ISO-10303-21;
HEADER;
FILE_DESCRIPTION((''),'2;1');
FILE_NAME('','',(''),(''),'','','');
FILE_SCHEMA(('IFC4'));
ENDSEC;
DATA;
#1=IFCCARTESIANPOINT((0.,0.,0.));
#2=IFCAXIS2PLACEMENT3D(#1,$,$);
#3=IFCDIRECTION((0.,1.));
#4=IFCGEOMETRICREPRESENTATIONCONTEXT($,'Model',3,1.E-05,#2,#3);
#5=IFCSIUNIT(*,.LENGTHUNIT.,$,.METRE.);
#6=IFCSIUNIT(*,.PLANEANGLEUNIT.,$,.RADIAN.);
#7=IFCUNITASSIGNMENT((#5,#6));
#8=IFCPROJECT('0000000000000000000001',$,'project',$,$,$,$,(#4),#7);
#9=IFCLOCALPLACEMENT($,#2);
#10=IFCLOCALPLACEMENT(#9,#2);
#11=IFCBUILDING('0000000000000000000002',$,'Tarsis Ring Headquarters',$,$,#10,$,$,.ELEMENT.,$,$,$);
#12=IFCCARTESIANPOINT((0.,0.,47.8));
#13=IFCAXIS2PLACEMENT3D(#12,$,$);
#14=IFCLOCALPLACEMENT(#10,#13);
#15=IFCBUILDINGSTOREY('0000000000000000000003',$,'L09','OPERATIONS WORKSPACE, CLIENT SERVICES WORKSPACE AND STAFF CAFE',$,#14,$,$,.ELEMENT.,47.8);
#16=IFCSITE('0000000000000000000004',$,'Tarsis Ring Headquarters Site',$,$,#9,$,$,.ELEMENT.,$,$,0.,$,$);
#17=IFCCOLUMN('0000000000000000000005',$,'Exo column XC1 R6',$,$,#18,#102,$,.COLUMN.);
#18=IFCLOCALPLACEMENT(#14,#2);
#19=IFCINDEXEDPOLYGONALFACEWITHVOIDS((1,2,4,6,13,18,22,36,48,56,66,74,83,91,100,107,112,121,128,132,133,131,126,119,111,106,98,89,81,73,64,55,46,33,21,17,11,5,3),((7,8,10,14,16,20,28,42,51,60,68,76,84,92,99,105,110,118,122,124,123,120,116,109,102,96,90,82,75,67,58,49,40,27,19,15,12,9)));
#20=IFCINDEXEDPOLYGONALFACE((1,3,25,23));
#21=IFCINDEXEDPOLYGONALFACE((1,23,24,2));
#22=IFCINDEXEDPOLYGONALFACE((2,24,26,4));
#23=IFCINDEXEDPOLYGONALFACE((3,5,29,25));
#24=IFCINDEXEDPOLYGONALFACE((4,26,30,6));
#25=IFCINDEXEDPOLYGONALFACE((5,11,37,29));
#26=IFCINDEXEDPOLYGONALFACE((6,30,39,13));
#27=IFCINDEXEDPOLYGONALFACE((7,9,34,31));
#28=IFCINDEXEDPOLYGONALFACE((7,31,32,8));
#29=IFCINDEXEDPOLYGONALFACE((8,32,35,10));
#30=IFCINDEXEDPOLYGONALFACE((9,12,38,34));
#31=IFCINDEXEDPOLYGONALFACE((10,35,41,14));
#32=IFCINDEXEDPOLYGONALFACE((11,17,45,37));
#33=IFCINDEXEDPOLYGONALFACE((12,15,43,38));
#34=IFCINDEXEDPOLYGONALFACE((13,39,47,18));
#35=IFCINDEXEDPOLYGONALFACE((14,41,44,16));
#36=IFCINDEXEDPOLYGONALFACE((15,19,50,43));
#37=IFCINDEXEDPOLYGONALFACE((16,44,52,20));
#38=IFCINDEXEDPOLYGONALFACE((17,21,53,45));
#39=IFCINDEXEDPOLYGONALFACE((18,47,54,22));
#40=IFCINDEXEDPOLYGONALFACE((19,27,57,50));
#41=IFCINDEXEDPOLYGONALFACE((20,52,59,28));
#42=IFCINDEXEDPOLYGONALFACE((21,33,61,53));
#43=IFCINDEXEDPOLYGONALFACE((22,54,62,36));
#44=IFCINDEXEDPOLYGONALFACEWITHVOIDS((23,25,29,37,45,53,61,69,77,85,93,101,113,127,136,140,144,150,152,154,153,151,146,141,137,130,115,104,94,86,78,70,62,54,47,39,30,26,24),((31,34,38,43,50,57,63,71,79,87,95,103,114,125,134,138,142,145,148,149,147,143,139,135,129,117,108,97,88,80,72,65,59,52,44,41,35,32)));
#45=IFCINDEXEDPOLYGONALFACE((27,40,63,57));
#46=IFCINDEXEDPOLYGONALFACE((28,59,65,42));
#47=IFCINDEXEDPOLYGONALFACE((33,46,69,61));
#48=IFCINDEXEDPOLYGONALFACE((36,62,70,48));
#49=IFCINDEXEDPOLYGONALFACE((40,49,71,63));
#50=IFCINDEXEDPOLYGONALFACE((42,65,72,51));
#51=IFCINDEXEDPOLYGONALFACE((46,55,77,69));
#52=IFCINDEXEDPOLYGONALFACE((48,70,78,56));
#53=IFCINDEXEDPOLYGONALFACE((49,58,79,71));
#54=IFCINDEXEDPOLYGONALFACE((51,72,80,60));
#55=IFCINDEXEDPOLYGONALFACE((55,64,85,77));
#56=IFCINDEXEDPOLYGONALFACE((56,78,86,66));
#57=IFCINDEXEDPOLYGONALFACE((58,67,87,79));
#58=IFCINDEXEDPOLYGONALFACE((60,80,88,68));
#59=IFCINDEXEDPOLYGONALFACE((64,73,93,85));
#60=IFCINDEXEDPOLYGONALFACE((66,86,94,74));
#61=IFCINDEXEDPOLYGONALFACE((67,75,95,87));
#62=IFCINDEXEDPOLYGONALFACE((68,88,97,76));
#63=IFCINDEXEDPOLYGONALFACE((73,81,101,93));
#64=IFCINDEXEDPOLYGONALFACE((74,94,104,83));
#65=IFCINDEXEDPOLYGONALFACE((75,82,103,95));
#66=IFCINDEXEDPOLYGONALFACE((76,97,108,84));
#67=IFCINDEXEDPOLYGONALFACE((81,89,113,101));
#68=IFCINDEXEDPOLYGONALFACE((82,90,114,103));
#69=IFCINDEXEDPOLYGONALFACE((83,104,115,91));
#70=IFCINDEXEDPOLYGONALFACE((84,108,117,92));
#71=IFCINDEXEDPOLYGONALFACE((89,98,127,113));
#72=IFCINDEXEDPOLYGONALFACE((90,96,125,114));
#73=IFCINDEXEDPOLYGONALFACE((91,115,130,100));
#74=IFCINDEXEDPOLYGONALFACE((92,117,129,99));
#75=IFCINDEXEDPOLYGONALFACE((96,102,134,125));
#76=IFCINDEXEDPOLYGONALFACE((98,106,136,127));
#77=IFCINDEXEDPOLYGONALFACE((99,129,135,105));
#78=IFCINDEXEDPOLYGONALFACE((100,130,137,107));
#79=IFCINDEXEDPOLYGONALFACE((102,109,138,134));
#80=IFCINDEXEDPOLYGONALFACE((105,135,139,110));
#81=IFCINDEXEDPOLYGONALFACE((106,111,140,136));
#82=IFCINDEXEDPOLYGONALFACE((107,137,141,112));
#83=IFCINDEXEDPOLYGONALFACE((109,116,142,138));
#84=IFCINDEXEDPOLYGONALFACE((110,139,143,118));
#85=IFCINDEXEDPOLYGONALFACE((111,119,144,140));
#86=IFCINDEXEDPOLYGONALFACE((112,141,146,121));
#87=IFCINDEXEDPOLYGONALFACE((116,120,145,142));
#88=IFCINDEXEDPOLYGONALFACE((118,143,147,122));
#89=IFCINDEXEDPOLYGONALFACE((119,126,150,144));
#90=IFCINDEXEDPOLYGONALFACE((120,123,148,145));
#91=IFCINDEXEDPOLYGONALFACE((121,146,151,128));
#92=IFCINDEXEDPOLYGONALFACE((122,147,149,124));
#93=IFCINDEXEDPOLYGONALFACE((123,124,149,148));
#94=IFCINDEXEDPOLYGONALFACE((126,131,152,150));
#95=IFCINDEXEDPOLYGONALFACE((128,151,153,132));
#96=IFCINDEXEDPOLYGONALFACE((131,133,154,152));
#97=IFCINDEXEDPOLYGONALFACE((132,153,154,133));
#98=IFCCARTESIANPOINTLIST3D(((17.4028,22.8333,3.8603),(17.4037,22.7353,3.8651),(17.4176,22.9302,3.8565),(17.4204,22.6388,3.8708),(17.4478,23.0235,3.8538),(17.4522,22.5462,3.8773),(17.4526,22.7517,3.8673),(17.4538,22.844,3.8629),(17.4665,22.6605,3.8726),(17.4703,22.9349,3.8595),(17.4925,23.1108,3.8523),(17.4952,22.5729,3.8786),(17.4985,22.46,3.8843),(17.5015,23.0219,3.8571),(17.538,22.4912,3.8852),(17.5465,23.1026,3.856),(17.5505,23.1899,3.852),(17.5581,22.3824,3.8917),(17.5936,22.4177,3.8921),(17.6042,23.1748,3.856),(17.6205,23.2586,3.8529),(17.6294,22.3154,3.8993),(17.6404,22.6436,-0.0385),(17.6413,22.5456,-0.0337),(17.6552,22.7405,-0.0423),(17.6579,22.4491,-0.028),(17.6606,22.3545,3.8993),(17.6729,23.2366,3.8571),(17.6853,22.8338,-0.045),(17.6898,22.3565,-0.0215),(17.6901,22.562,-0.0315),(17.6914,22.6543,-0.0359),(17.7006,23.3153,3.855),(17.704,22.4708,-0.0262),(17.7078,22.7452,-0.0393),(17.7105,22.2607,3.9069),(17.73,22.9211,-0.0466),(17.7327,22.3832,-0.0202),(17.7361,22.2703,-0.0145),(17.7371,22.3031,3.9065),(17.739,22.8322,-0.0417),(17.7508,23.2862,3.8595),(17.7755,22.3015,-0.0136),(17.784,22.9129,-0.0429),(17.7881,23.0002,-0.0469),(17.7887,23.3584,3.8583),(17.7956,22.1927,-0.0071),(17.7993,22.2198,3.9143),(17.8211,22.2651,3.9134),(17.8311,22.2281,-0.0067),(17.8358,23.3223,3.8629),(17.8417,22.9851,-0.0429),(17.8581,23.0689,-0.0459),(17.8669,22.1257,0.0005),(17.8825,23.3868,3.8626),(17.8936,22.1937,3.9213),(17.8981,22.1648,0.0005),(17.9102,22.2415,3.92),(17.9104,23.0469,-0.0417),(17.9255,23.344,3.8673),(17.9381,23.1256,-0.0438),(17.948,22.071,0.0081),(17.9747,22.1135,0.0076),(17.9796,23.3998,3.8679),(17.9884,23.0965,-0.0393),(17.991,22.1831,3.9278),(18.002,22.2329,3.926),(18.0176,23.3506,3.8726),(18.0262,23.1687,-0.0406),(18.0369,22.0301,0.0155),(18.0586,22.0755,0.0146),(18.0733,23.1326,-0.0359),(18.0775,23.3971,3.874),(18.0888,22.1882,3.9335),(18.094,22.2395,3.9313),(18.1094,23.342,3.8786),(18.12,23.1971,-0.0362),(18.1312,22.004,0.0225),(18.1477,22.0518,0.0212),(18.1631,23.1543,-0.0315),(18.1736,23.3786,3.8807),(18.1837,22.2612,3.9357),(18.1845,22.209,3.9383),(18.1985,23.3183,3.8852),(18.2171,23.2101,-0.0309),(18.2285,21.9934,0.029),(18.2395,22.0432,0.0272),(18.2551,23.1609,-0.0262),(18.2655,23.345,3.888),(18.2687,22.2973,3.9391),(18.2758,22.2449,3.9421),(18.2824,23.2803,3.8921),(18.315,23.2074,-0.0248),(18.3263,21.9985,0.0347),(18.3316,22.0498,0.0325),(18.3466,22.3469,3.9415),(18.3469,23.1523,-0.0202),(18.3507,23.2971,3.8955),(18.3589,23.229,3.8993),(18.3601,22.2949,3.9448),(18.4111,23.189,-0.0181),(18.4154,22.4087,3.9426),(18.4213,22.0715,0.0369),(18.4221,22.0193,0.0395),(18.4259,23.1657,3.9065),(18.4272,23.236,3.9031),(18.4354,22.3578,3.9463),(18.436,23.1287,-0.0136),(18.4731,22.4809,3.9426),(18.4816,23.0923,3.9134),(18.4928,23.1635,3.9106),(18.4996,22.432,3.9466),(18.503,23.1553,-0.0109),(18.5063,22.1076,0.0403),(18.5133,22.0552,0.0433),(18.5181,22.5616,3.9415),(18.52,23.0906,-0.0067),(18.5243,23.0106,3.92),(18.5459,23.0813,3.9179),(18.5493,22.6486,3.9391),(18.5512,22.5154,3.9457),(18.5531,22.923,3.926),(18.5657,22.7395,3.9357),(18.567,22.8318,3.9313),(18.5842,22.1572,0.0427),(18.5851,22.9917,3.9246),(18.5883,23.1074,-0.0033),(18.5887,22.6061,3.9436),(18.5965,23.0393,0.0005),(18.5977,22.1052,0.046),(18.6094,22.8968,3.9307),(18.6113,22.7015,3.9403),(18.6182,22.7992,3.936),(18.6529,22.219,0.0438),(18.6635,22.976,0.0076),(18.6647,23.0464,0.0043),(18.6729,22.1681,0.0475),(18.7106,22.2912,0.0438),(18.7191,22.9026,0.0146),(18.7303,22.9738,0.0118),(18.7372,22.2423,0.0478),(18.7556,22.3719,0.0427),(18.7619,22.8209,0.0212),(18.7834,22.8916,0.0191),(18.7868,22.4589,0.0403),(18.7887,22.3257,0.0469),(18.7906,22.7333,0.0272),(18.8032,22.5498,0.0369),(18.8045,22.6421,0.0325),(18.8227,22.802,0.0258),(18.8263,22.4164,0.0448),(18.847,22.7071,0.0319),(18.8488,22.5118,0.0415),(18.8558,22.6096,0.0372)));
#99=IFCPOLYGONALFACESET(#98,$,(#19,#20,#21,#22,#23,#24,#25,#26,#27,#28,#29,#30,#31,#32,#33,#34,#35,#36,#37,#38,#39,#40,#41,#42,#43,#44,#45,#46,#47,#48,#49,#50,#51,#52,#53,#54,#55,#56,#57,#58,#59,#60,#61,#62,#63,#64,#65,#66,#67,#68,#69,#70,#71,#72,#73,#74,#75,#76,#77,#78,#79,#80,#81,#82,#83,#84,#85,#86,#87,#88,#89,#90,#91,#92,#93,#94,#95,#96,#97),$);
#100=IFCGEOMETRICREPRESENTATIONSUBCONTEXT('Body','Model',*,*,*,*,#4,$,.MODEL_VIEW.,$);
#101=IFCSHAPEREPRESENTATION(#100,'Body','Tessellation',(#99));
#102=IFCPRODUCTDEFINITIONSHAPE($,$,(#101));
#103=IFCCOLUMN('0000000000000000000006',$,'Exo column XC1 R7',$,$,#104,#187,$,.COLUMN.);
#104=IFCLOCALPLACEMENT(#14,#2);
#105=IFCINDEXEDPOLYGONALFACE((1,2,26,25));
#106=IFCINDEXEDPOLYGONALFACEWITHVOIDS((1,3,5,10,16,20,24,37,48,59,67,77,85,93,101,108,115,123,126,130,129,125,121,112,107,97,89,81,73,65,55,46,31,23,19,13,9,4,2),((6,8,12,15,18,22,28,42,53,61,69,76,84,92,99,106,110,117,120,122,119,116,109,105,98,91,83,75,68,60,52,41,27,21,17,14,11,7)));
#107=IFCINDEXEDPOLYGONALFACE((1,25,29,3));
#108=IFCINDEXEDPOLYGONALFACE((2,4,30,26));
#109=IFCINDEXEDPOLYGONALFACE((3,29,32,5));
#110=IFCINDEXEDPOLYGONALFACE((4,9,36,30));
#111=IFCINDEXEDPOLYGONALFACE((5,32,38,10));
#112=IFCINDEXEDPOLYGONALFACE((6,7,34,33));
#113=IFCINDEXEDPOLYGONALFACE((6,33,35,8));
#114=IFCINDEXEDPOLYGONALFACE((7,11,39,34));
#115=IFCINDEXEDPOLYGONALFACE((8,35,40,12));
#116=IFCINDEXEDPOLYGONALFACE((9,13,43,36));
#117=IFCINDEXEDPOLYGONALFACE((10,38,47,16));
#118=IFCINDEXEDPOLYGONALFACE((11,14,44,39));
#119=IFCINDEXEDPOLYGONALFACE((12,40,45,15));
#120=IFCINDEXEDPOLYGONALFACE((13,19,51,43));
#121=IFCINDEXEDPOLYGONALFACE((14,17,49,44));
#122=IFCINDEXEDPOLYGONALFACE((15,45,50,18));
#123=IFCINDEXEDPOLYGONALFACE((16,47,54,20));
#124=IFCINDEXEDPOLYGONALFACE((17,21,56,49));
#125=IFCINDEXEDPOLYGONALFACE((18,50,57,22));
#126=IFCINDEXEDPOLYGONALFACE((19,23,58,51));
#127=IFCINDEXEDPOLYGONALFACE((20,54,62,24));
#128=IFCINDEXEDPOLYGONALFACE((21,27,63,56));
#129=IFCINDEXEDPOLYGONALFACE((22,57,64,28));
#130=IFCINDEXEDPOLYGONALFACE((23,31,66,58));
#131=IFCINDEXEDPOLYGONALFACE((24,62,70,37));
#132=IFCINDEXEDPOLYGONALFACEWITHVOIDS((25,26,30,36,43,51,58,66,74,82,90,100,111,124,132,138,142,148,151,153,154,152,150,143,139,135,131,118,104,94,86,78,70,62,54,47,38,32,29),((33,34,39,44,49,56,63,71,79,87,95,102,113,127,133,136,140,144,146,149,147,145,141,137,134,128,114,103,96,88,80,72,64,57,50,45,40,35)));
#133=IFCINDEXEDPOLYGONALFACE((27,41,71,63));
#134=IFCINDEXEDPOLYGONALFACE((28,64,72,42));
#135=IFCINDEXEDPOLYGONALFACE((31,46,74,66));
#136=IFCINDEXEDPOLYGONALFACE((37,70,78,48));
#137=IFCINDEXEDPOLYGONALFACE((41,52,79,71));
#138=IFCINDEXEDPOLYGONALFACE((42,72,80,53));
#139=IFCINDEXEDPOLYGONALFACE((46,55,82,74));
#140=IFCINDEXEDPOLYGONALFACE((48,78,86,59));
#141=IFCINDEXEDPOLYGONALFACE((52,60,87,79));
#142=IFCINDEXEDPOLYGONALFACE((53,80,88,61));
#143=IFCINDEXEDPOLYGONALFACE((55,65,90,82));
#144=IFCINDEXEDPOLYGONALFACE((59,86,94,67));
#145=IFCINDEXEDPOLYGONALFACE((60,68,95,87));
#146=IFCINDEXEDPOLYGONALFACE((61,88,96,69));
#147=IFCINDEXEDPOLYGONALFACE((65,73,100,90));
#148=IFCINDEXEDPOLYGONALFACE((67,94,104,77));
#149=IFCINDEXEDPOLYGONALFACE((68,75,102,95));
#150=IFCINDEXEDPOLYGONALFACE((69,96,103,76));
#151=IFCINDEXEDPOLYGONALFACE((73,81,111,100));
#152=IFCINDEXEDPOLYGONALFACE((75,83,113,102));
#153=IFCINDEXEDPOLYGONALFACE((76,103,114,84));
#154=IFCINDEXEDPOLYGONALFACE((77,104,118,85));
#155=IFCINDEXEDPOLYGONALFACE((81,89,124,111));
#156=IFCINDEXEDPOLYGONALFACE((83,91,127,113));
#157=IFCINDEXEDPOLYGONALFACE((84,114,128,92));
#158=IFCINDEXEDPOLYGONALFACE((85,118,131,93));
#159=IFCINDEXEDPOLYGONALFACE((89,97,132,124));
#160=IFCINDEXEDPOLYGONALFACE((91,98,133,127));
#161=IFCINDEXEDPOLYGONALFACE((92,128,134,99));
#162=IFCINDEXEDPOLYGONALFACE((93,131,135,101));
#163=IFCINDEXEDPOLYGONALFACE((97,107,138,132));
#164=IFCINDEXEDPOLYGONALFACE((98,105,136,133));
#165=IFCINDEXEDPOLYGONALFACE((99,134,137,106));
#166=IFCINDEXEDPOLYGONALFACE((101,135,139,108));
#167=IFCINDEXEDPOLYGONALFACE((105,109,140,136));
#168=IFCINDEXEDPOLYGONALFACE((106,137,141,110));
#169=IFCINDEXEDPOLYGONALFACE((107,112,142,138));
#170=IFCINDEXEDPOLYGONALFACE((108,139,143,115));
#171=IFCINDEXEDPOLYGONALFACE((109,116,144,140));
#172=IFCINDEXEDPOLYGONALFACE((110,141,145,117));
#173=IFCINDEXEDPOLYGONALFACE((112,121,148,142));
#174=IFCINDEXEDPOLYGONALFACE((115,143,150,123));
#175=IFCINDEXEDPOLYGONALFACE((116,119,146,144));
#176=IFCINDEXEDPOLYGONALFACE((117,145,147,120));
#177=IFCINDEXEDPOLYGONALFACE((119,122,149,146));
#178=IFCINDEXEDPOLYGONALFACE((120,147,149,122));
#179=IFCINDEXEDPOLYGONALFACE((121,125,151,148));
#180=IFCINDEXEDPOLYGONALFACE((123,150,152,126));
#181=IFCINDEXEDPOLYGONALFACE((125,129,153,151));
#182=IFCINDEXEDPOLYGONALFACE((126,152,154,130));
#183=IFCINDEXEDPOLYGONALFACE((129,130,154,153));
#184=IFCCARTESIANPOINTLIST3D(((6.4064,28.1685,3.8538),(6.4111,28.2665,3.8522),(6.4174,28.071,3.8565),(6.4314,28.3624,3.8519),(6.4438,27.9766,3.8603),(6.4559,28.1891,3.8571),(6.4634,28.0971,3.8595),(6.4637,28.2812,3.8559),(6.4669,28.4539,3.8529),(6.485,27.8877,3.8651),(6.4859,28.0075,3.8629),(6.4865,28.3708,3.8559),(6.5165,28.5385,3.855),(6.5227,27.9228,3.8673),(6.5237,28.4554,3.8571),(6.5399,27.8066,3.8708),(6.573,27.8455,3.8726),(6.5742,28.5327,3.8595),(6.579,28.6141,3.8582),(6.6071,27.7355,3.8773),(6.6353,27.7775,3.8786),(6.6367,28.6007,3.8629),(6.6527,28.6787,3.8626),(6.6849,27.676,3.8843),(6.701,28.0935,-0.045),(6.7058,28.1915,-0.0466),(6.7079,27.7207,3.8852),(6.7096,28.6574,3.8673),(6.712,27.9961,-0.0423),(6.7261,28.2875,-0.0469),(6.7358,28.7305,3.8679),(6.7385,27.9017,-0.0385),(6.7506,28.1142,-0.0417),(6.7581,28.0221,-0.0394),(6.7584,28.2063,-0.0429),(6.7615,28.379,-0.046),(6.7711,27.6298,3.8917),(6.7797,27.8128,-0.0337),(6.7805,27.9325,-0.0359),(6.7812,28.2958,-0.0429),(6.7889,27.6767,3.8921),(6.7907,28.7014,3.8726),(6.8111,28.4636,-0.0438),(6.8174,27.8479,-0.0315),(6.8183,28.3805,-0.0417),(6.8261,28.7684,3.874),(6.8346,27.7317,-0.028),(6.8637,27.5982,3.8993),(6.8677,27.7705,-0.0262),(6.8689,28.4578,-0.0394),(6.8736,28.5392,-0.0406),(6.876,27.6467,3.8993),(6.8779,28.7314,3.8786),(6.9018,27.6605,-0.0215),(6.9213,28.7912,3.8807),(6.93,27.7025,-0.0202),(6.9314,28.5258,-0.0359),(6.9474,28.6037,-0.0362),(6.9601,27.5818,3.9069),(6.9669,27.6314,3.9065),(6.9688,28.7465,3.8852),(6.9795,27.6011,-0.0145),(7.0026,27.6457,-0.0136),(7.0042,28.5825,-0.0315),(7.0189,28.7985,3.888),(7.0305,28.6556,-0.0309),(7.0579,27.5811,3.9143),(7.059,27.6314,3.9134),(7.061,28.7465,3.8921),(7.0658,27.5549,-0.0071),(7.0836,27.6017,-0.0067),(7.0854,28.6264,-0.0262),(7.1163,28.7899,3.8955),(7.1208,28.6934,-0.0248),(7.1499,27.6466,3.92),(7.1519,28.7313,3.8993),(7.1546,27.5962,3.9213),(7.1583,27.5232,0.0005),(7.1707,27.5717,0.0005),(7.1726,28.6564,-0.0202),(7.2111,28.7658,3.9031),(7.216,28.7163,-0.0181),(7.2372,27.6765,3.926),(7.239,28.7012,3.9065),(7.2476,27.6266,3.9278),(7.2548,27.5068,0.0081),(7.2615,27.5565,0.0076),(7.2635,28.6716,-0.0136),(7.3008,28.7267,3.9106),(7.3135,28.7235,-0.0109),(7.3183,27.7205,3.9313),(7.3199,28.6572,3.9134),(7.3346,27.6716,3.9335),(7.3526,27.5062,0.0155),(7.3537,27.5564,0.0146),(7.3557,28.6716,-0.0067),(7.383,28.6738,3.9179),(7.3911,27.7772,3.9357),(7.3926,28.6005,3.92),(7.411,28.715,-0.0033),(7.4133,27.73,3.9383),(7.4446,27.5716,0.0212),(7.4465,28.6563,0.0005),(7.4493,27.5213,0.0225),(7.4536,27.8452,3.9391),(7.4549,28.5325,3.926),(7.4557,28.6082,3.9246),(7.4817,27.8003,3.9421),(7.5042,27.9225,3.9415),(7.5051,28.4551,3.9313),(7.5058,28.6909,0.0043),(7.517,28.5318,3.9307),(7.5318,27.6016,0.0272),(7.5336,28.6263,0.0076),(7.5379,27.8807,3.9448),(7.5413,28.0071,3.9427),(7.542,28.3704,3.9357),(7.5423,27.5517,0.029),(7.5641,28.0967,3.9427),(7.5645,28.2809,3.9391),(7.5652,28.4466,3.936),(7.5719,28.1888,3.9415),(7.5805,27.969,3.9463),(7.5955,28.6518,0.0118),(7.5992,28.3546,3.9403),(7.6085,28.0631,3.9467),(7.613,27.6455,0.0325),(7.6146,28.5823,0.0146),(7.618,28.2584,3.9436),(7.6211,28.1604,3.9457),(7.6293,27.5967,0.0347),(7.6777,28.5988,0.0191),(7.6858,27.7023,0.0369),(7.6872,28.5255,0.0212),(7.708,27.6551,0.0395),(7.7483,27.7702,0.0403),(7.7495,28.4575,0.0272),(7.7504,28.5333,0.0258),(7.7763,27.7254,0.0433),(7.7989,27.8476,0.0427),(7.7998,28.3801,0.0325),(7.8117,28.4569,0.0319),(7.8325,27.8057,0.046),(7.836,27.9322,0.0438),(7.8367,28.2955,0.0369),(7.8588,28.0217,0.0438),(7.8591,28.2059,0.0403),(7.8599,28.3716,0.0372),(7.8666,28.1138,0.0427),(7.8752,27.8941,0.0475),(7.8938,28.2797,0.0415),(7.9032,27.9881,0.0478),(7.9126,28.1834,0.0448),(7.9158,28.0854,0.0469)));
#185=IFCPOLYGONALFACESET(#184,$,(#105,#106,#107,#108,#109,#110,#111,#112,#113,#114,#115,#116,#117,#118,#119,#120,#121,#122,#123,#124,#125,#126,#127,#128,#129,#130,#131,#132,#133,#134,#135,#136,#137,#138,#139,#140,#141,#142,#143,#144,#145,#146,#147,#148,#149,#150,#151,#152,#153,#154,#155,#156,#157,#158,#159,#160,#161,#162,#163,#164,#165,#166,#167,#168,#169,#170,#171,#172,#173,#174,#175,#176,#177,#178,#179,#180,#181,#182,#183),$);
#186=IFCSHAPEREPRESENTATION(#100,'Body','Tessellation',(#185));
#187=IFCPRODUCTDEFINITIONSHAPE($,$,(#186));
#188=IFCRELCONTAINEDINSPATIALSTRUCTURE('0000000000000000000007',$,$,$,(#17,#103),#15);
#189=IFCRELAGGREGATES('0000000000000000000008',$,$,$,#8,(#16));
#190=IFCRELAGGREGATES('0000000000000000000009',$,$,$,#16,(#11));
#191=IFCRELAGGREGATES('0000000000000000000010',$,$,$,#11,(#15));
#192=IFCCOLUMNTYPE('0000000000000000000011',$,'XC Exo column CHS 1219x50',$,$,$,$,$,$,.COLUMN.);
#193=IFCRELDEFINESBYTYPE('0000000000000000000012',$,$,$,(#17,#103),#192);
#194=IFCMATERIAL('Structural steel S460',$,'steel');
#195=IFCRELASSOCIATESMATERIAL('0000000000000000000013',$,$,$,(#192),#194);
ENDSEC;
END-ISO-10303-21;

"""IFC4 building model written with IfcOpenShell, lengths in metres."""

from ifc_helpers import new_model, si_unit, direction, frame, origin, origin_2d, place, context, subcontext, project, spatial, hollow_circle, extrude, material, material_profile, profile_set, type_object, element, save


model = new_model("IFC4")

# Units and contexts
model_context = context("Model", 3, precision=1e-05, world=origin(), true_north=direction((0.0, 1.0)))
body_context = subcontext(model_context, "Body", "Model", "MODEL_VIEW")
ifc_project = project(units=[si_unit("LENGTHUNIT", "METRE"), si_unit("PLANEANGLEUNIT", "RADIAN")], contexts=[model_context])

# Site, building, storey
site_placement = place(None, origin())
site = spatial("IfcSite", under=ifc_project, at=site_placement, Name="Tarsis Ring Headquarters Site", CompositionType="ELEMENT", RefElevation=0.0)
building_placement = place(site_placement, origin())
building = spatial("IfcBuilding", under=site, at=building_placement, Name="Tarsis Ring Headquarters", CompositionType="ELEMENT")
storey_placement = place(building_placement, frame((0.0, 0.0, 47.8)))
storey = spatial("IfcBuildingStorey", under=building, at=storey_placement, Name="L09", Description="OPERATIONS WORKSPACE, CLIENT SERVICES WORKSPACE AND STAFF CAFE", CompositionType="ELEMENT", Elevation=47.8)

# Columns
ifc_material_1 = material(Name="Structural steel S460", Category="steel")
ifc_material_profile_1 = material_profile(ifc_material_1, hollow_circle(Radius=0.6096, WallThickness=0.05, at=origin_2d()), Name="CHS 1219x50")
ifc_profile_set_1 = profile_set([ifc_material_profile_1], Name="Structural steel S460")
column_type = type_object("IfcColumnType", Name="XC Exo column CHS 1219x50", PredefinedType="COLUMN", material=ifc_profile_set_1)
for number, where, z_axis, x_axis, name in (
    (1, (18.2473, 22.6021, 0.0005), (-0.060742, 0.048507, 0.996974), (-0.624009, -0.781417, 0.0), "Exo column XC1 R6"),
    (2, (7.3086, 28.114, 0.0005), (-0.07535, 0.019165, 0.996973), (-0.246501, -0.969143, 0.0), "Exo column XC1 R7"),
):
    element("IfcColumn", number, at=place(storey_placement, frame(where, z_axis=z_axis, x_axis=x_axis)), inside=storey, type_object=column_type, Name=name, PredefinedType="COLUMN", context=body_context, shape_type="SweptSolid", body=[
        extrude(hollow_circle(Radius=0.6096, WallThickness=0.05, at=origin_2d()), origin(), (0.0, 0.0, 1.0), 3.9106),
    ])

save(model, "model.ifc")
